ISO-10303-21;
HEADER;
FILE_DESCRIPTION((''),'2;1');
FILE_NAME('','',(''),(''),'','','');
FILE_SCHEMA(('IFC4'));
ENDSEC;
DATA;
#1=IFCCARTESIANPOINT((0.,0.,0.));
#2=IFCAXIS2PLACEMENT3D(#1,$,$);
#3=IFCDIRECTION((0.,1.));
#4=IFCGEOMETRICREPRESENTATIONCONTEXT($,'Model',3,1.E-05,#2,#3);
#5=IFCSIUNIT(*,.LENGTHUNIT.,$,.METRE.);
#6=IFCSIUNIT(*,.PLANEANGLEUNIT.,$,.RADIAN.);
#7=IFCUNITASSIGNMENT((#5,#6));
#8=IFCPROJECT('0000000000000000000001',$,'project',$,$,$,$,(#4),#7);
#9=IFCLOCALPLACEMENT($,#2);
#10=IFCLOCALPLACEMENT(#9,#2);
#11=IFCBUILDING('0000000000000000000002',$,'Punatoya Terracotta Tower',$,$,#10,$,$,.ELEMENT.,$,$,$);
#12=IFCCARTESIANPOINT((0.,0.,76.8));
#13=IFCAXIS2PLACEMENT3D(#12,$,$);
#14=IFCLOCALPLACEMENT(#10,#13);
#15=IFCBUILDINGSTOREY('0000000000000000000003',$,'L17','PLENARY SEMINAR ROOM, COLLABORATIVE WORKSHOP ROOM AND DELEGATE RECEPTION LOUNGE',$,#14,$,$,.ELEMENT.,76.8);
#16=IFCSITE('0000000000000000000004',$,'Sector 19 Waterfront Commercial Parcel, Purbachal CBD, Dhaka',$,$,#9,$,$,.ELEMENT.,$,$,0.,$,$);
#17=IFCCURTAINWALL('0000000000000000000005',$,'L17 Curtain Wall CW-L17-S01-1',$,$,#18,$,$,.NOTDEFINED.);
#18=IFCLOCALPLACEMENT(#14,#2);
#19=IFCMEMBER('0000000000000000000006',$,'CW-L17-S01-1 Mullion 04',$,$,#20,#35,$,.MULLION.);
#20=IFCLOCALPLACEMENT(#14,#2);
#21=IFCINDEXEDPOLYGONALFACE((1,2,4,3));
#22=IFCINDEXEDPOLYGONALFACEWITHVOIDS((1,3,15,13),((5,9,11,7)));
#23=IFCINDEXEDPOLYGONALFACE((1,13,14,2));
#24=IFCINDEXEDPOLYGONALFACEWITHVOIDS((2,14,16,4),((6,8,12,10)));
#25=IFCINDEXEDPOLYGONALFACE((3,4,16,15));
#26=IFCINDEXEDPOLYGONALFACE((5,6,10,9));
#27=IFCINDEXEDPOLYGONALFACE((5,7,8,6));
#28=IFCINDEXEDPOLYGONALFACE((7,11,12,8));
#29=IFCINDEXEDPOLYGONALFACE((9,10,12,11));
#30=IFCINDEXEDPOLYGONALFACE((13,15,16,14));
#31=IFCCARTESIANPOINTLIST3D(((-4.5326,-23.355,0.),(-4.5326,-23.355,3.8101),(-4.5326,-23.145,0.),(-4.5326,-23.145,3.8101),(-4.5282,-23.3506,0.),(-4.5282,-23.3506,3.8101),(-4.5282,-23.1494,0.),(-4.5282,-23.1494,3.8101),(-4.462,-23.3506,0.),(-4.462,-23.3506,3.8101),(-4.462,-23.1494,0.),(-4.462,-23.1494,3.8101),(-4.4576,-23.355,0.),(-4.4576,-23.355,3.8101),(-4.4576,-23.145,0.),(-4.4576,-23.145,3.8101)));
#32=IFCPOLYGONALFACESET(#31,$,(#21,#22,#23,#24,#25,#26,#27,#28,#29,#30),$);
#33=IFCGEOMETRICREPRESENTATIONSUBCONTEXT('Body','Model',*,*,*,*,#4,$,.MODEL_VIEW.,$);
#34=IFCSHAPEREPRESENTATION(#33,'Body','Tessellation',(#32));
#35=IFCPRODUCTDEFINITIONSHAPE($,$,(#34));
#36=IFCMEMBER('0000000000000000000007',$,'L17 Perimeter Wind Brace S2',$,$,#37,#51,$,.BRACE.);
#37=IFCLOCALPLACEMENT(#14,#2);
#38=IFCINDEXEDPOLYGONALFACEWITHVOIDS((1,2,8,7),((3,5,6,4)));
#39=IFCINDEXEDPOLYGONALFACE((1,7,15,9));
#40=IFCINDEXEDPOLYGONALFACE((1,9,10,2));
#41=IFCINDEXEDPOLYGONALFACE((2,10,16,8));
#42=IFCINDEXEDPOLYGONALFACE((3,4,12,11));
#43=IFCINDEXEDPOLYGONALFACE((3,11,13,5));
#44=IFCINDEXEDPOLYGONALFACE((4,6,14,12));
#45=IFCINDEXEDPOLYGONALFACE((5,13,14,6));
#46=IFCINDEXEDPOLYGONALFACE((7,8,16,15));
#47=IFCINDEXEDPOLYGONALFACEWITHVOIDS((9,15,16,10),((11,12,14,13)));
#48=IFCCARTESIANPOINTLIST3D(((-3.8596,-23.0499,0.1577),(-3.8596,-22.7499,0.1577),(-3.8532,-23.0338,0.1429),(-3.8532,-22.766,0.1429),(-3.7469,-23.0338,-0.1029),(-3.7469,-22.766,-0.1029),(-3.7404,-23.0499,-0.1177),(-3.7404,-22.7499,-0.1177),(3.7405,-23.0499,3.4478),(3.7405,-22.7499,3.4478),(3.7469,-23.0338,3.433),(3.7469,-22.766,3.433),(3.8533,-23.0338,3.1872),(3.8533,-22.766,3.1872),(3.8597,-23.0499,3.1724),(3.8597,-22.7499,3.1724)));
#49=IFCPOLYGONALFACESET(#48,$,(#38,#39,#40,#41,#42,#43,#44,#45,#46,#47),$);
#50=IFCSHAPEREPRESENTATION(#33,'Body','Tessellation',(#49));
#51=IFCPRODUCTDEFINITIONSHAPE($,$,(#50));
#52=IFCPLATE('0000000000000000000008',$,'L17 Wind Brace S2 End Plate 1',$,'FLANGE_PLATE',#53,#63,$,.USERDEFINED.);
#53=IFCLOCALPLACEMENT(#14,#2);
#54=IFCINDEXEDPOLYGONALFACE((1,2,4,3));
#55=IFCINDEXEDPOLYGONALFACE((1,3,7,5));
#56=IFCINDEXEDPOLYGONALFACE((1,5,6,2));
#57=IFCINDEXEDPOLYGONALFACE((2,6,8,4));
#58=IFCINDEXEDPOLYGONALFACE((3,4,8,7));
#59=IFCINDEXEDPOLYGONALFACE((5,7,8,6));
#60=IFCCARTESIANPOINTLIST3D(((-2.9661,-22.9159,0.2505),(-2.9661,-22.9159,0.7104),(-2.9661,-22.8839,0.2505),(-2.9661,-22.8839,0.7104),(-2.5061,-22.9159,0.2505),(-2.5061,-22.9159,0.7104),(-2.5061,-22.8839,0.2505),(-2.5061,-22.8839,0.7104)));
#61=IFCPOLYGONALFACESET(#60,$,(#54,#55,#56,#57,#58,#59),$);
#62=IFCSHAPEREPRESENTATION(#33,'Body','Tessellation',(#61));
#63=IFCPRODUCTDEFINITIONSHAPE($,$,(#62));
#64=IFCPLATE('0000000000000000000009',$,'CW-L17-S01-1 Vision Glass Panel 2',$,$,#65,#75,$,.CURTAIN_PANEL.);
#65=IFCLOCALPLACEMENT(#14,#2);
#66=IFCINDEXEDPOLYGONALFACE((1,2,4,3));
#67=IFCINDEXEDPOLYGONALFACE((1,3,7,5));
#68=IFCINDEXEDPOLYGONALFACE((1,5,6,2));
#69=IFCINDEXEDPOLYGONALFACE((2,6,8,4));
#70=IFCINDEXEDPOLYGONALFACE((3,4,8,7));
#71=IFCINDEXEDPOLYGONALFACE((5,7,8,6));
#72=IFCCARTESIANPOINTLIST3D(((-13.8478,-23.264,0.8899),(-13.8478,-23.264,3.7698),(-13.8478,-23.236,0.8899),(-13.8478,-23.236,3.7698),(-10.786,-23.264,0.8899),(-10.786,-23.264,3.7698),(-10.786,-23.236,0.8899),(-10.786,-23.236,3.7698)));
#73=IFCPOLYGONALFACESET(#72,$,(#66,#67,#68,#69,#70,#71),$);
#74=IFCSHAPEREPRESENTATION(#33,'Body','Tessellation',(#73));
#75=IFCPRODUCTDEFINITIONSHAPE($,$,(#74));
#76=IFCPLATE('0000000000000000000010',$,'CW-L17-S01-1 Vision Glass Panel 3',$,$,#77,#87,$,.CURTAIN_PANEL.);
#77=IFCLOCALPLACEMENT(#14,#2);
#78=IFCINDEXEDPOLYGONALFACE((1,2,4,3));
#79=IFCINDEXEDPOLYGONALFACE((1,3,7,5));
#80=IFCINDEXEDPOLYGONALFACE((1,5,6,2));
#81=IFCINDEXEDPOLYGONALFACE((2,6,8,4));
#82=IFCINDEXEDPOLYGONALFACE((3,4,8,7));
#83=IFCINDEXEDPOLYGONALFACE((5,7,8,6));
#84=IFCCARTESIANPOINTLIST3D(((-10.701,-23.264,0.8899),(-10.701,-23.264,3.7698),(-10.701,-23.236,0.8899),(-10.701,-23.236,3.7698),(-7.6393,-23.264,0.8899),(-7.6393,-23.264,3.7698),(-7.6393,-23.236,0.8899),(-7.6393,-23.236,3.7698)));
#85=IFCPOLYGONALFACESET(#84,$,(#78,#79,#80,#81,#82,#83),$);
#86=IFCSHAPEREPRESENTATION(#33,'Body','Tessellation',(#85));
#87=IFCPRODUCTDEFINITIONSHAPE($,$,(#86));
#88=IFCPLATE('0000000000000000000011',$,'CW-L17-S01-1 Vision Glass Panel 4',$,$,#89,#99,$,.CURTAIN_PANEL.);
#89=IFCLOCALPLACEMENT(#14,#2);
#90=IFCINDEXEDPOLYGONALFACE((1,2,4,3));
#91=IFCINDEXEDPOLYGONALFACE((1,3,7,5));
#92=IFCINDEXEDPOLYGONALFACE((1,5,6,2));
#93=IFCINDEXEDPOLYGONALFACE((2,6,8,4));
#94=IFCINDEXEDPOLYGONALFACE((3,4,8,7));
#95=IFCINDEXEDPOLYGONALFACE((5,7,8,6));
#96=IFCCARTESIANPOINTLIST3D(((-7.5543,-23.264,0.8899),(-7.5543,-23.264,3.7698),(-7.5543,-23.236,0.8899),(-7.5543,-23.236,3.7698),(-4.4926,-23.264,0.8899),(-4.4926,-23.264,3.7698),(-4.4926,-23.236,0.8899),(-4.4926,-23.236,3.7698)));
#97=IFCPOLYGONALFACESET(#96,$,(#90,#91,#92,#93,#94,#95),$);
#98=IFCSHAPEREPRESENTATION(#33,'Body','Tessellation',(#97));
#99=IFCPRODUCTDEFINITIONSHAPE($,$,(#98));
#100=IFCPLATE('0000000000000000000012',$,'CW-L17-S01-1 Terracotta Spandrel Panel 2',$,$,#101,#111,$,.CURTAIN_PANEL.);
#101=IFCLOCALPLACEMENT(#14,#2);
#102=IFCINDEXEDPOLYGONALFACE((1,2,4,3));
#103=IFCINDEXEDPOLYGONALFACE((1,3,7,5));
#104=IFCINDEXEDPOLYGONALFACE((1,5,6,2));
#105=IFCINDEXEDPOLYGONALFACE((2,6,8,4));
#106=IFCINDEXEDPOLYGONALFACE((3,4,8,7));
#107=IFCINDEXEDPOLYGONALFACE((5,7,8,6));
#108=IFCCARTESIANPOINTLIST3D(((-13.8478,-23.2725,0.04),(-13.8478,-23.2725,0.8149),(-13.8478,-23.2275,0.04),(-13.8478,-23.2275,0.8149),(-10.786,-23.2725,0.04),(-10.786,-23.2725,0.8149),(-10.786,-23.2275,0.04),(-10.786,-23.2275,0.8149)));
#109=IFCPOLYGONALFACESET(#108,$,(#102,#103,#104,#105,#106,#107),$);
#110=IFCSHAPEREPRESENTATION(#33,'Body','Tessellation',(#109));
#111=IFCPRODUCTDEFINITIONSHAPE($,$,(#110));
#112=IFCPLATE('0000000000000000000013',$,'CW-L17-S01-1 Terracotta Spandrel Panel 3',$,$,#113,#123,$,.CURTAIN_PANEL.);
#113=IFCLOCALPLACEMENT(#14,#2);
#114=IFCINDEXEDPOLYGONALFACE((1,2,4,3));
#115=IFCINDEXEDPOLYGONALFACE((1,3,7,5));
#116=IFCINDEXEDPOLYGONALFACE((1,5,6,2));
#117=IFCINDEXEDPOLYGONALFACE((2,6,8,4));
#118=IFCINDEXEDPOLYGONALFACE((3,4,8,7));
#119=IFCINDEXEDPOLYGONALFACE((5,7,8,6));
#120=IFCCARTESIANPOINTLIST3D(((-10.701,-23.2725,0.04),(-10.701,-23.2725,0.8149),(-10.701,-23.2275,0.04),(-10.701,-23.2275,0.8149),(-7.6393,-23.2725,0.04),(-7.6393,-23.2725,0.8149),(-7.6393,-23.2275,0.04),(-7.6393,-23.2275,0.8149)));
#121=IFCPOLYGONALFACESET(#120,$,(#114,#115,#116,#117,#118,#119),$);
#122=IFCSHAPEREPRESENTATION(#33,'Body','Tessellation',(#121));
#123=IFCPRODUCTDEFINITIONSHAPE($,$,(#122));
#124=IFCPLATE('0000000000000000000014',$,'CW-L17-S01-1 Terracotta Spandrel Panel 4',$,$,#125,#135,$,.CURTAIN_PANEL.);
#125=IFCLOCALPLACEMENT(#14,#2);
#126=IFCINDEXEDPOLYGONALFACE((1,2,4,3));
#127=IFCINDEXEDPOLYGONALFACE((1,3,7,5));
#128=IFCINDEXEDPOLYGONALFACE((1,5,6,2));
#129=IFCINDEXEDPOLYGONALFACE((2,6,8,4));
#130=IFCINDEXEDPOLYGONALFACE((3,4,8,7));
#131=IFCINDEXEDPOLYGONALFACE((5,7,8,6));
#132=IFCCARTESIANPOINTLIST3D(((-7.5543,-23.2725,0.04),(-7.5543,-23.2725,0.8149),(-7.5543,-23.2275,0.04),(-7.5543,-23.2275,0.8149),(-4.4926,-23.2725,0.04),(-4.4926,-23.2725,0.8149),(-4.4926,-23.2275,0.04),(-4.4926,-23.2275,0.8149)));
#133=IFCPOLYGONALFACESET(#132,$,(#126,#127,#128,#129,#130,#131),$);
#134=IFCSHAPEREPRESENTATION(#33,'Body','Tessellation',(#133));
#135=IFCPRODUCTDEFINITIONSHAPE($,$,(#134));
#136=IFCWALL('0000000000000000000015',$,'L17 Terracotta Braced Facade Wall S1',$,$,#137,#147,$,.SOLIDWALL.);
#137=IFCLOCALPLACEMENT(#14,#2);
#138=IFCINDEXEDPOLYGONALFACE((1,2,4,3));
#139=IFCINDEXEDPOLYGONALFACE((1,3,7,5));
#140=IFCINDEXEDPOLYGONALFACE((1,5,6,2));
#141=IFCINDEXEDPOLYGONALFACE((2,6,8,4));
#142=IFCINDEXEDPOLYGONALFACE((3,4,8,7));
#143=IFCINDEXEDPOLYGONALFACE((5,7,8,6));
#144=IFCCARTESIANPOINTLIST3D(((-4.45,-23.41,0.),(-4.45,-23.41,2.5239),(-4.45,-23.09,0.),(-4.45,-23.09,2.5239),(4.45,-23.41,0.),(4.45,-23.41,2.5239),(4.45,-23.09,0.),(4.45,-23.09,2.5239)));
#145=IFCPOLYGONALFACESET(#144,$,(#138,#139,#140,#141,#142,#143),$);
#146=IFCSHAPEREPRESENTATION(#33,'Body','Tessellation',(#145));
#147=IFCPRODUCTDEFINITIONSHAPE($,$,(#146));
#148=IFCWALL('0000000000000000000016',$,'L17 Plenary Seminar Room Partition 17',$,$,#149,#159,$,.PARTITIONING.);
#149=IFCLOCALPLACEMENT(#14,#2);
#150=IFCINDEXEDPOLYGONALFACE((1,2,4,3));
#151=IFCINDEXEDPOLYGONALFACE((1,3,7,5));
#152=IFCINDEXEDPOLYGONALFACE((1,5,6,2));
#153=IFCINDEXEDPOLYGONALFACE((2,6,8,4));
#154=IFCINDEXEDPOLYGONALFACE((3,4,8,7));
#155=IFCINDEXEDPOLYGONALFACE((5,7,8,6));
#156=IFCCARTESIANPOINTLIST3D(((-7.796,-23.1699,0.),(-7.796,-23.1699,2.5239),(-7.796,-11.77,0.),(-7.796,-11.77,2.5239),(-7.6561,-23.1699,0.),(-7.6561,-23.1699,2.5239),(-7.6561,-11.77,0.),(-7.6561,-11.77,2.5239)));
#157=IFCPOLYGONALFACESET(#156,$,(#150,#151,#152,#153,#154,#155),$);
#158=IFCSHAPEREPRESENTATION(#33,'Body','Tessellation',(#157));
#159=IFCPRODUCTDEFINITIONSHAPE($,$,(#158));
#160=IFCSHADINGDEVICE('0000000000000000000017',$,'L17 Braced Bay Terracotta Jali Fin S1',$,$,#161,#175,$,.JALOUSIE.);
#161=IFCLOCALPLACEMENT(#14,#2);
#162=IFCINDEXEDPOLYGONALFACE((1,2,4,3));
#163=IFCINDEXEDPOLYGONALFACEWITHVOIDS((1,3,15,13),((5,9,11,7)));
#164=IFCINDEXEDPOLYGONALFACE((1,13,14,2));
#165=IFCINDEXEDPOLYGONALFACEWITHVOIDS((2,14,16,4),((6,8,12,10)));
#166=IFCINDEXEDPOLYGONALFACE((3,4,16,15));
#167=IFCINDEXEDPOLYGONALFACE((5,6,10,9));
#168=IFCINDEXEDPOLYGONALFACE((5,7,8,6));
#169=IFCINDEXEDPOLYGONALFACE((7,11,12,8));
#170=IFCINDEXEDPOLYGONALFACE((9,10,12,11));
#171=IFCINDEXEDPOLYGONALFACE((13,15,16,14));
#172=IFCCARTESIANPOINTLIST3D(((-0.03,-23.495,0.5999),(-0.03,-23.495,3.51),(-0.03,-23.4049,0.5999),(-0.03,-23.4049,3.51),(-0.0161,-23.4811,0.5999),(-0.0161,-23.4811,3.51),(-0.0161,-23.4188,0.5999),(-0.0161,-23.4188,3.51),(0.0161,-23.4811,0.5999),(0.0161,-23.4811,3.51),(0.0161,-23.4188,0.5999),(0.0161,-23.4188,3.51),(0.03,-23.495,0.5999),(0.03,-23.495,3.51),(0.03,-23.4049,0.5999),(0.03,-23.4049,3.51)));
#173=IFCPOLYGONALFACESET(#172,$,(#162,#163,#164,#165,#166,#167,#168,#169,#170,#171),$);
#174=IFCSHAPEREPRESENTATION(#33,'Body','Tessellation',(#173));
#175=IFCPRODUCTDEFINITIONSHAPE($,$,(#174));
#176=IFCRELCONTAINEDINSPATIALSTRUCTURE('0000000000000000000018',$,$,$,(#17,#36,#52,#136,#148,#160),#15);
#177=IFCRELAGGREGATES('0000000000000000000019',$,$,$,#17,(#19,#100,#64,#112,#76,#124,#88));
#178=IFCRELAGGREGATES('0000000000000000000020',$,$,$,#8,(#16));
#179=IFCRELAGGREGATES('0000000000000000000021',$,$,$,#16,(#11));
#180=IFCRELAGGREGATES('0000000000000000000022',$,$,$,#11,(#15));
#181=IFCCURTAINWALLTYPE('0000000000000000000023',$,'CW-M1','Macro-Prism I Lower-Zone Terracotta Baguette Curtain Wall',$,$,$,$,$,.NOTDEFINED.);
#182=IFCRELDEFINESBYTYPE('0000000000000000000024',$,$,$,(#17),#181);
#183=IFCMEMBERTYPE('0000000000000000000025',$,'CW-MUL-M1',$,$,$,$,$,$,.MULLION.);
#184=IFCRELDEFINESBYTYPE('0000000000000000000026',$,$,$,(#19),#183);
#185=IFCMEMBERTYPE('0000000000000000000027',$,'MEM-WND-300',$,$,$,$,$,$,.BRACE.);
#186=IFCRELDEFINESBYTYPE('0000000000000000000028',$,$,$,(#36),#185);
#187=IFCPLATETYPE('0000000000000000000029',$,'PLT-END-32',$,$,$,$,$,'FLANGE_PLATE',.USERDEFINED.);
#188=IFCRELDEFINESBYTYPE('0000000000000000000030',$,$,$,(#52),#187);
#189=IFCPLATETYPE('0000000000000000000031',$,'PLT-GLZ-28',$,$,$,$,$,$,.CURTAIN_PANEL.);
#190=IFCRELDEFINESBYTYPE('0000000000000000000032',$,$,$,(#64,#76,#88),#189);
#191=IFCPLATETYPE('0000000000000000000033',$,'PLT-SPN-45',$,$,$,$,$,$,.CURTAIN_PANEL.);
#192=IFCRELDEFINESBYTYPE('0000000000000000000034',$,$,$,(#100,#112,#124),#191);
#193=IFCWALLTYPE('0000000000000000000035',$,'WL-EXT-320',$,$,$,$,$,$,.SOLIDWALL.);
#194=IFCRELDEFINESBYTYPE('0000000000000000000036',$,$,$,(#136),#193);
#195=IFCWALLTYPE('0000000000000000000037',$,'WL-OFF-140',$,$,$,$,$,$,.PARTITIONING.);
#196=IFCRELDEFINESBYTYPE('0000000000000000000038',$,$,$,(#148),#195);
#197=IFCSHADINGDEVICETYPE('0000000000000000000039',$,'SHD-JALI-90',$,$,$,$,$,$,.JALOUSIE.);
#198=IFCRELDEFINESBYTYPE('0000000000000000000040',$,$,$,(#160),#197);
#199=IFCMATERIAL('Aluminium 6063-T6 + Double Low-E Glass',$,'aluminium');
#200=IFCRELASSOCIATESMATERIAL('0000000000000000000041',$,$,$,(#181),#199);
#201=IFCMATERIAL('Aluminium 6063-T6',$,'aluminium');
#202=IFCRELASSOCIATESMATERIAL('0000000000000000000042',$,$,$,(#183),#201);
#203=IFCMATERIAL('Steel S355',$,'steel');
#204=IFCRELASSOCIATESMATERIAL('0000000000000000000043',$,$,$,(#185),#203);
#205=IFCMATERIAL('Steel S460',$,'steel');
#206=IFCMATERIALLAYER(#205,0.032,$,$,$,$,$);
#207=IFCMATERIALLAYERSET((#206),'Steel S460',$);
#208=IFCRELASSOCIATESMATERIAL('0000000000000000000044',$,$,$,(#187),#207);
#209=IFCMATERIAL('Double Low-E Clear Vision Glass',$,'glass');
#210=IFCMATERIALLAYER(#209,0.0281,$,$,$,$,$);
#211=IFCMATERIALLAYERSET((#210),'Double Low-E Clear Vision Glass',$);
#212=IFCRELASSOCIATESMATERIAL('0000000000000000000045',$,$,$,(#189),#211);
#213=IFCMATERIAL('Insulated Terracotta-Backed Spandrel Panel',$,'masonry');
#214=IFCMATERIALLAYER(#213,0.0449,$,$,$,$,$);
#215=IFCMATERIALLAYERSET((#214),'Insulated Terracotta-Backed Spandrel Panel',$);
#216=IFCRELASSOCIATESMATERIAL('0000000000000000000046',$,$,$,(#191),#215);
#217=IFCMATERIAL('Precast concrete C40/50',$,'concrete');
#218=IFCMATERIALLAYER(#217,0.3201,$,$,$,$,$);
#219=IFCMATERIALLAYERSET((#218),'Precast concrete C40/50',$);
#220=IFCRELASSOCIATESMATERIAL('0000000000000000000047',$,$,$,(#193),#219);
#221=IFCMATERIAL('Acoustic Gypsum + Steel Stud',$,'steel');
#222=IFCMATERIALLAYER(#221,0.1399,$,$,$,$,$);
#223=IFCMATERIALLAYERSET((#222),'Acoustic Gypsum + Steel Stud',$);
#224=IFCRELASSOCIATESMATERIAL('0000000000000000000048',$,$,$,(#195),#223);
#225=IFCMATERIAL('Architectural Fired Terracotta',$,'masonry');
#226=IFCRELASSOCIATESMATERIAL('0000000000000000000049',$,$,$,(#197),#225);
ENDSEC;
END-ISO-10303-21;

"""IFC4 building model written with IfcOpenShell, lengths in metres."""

from ifc_helpers import new_model, si_unit, direction, frame, frame_2d, origin, origin_2d, place, context, subcontext, project, spatial, rectangle, hollow_rectangle, extrude, material, layer, layer_set, material_profile, profile_set, type_object, element, aggregate, save


model = new_model("IFC4")

# Units and contexts
model_context = context("Model", 3, precision=1e-05, world=origin(), true_north=direction((0.0, 1.0)))
body_context = subcontext(model_context, "Body", "Model", "MODEL_VIEW")
ifc_project = project(units=[si_unit("LENGTHUNIT", "METRE"), si_unit("PLANEANGLEUNIT", "RADIAN")], contexts=[model_context])

# Site, building, storey
site_placement = place(None, origin())
site = spatial("IfcSite", under=ifc_project, at=site_placement, Name="Sector 19 Waterfront Commercial Parcel, Purbachal CBD, Dhaka", CompositionType="ELEMENT", RefElevation=0.0)
building_placement = place(site_placement, origin())
building = spatial("IfcBuilding", under=site, at=building_placement, Name="Punatoya Terracotta Tower", CompositionType="ELEMENT")
storey_placement = place(building_placement, frame((0.0, 0.0, 76.8)))
storey = spatial("IfcBuildingStorey", under=building, at=storey_placement, Name="L17", Description="PLENARY SEMINAR ROOM, COLLABORATIVE WORKSHOP ROOM AND DELEGATE RECEPTION LOUNGE", CompositionType="ELEMENT", Elevation=76.8)

# Shared definitions
ifc_material_1 = material(Name="Steel S460", Category="steel")

# Shared definitions
ifc_material_2 = material(Name="Steel S355", Category="steel")

# Curtain wall, member
ifc_material_3 = material(Name="Aluminium 6063-T6 + Double Low-E Glass", Category="aluminium")
curtain_wall_type = type_object("IfcCurtainWallType", Name="CW-M1", Description="Macro-Prism I Lower-Zone Terracotta Baguette Curtain Wall", PredefinedType="NOTDEFINED", material=ifc_material_3)
curtain_wall_placement = place(storey_placement, origin())
curtain_wall = element("IfcCurtainWall", 1, at=curtain_wall_placement, inside=storey, type_object=curtain_wall_type, Name="L17 Curtain Wall CW-L17-S01-1", PredefinedType="NOTDEFINED")
ifc_material_4 = material(Name="Aluminium 6063-T6", Category="aluminium")
ifc_material_profile_1 = material_profile(ifc_material_4, hollow_rectangle(XDim=0.075, YDim=0.21, WallThickness=0.0044, at=origin_2d()))
ifc_profile_set_1 = profile_set([ifc_material_profile_1], Name="Aluminium 6063-T6")
member_type_1 = type_object("IfcMemberType", Name="CW-MUL-M1", PredefinedType="MULLION", material=ifc_profile_set_1)
member_1_placement = place(storey_placement, frame((-4.4951, -23.25, 0.0), z_axis=(0.0, 0.0, 1.0), x_axis=(1.0, 0.0, 0.0)))
member_1 = element("IfcMember", 2, at=member_1_placement, type_object=member_type_1, Name="CW-L17-S01-1 Mullion 04", PredefinedType="MULLION", context=body_context, shape_type="SweptSolid", body=[
    extrude(hollow_rectangle(XDim=0.075, YDim=0.21, WallThickness=0.0044, at=origin_2d()), origin(), (0.0, 0.0, 1.0), 3.8101),
])

# Member
ifc_material_profile_2 = material_profile(ifc_material_2, hollow_rectangle(XDim=0.3, YDim=0.3, WallThickness=0.0161, at=origin_2d()))
ifc_profile_set_2 = profile_set([ifc_material_profile_2], Name="Steel S355")
member_type_2 = type_object("IfcMemberType", Name="MEM-WND-300", PredefinedType="BRACE", material=ifc_profile_set_2)
member_2_placement = place(storey_placement, frame((-3.8, -22.8999, 0.02), z_axis=(0.917703, 0.0, 0.397268), x_axis=(0.0, 1.0, 0.0)))
element("IfcMember", 3, at=member_2_placement, inside=storey, type_object=member_type_2, Name="L17 Perimeter Wind Brace S2", PredefinedType="BRACE", context=body_context, shape_type="SweptSolid", body=[
    extrude(hollow_rectangle(XDim=0.3, YDim=0.3, WallThickness=0.0161, at=origin_2d()), origin(), (0.0, 0.0, 1.0), 8.2817),
])

# Plates
ifc_layer_1 = layer(ifc_material_1, 0.032)
ifc_layer_set_1 = layer_set([ifc_layer_1], Name="Steel S460")
plate_type_1 = type_object("IfcPlateType", Name="PLT-END-32", ElementType="FLANGE_PLATE", PredefinedType="USERDEFINED", material=ifc_layer_set_1)
plate_1_placement = place(storey_placement, frame((-2.7361, -22.8999, 0.2505), z_axis=(0.0, 0.0, 1.0), x_axis=(1.0, 0.0, 0.0)))
element("IfcPlate", 4, at=plate_1_placement, inside=storey, type_object=plate_type_1, Name="L17 Wind Brace S2 End Plate 1", ObjectType="FLANGE_PLATE", PredefinedType="USERDEFINED", context=body_context, shape_type="SweptSolid", body=[
    extrude(rectangle(XDim=0.46, YDim=0.032, at=origin_2d()), origin(), (0.0, 0.0, 1.0), 0.46),
])
ifc_material_5 = material(Name="Double Low-E Clear Vision Glass", Category="glass")
ifc_layer_2 = layer(ifc_material_5, 0.0281)
ifc_layer_set_2 = layer_set([ifc_layer_2], Name="Double Low-E Clear Vision Glass")
plate_type_2 = type_object("IfcPlateType", Name="PLT-GLZ-28", PredefinedType="CURTAIN_PANEL", material=ifc_layer_set_2)
plate_2_placement = place(storey_placement, frame((-12.3169, -23.25, 0.8899), z_axis=(0.0, 0.0, 1.0), x_axis=(1.0, 0.0, 0.0)))
plate_2 = element("IfcPlate", 5, at=plate_2_placement, type_object=plate_type_2, Name="CW-L17-S01-1 Vision Glass Panel 2", PredefinedType="CURTAIN_PANEL", context=body_context, shape_type="SweptSolid", body=[
    extrude(rectangle(XDim=3.0618, YDim=0.0281, at=origin_2d()), origin(), (0.0, 0.0, 1.0), 2.8799),
])
plate_3_placement = place(storey_placement, frame((-9.1702, -23.25, 0.8899), z_axis=(0.0, 0.0, 1.0), x_axis=(1.0, 0.0, 0.0)))
plate_3 = element("IfcPlate", 6, at=plate_3_placement, type_object=plate_type_2, Name="CW-L17-S01-1 Vision Glass Panel 3", PredefinedType="CURTAIN_PANEL", context=body_context, shape_type="SweptSolid", body=[
    extrude(rectangle(XDim=3.0618, YDim=0.0281, at=origin_2d()), origin(), (0.0, 0.0, 1.0), 2.8799),
])
plate_4_placement = place(storey_placement, frame((-6.0234, -23.25, 0.8899), z_axis=(0.0, 0.0, 1.0), x_axis=(1.0, 0.0, 0.0)))
plate_4 = element("IfcPlate", 7, at=plate_4_placement, type_object=plate_type_2, Name="CW-L17-S01-1 Vision Glass Panel 4", PredefinedType="CURTAIN_PANEL", context=body_context, shape_type="SweptSolid", body=[
    extrude(rectangle(XDim=3.0618, YDim=0.0281, at=origin_2d()), origin(), (0.0, 0.0, 1.0), 2.8799),
])
ifc_material_6 = material(Name="Insulated Terracotta-Backed Spandrel Panel", Category="masonry")
ifc_layer_3 = layer(ifc_material_6, 0.0449)
ifc_layer_set_3 = layer_set([ifc_layer_3], Name="Insulated Terracotta-Backed Spandrel Panel")
plate_type_3 = type_object("IfcPlateType", Name="PLT-SPN-45", PredefinedType="CURTAIN_PANEL", material=ifc_layer_set_3)
plate_5_placement = place(storey_placement, frame((-12.3169, -23.25, 0.04), z_axis=(0.0, 0.0, 1.0), x_axis=(1.0, 0.0, 0.0)))
plate_5 = element("IfcPlate", 8, at=plate_5_placement, type_object=plate_type_3, Name="CW-L17-S01-1 Terracotta Spandrel Panel 2", PredefinedType="CURTAIN_PANEL", context=body_context, shape_type="SweptSolid", body=[
    extrude(rectangle(XDim=3.0618, YDim=0.0449, at=origin_2d()), origin(), (0.0, 0.0, 1.0), 0.7749),
])
plate_6_placement = place(storey_placement, frame((-9.1702, -23.25, 0.04), z_axis=(0.0, 0.0, 1.0), x_axis=(1.0, 0.0, 0.0)))
plate_6 = element("IfcPlate", 9, at=plate_6_placement, type_object=plate_type_3, Name="CW-L17-S01-1 Terracotta Spandrel Panel 3", PredefinedType="CURTAIN_PANEL", context=body_context, shape_type="SweptSolid", body=[
    extrude(rectangle(XDim=3.0618, YDim=0.0449, at=origin_2d()), origin(), (0.0, 0.0, 1.0), 0.7749),
])
plate_7_placement = place(storey_placement, frame((-6.0234, -23.25, 0.04), z_axis=(0.0, 0.0, 1.0), x_axis=(1.0, 0.0, 0.0)))
plate_7 = element("IfcPlate", 10, at=plate_7_placement, type_object=plate_type_3, Name="CW-L17-S01-1 Terracotta Spandrel Panel 4", PredefinedType="CURTAIN_PANEL", context=body_context, shape_type="SweptSolid", body=[
    extrude(rectangle(XDim=3.0618, YDim=0.0449, at=origin_2d()), origin(), (0.0, 0.0, 1.0), 0.7749),
])
aggregate(curtain_wall, [member_1, plate_5, plate_2, plate_6, plate_3, plate_7, plate_4])

# Walls
ifc_material_7 = material(Name="Precast concrete C40/50", Category="concrete")
ifc_layer_4 = layer(ifc_material_7, 0.3201)
ifc_layer_set_4 = layer_set([ifc_layer_4], Name="Precast concrete C40/50")
wall_type_1 = type_object("IfcWallType", Name="WL-EXT-320", PredefinedType="SOLIDWALL", material=ifc_layer_set_4)
wall_1_placement = place(storey_placement, frame((-4.45, -23.25, 0.0), z_axis=(0.0, 0.0, 1.0), x_axis=(1.0, 0.0, 0.0)))
element("IfcWall", 11, at=wall_1_placement, inside=storey, type_object=wall_type_1, Name="L17 Terracotta Braced Facade Wall S1", PredefinedType="SOLIDWALL", context=body_context, shape_type="SweptSolid", body=[
    extrude(rectangle(XDim=8.8999, YDim=0.3201, at=frame_2d((4.45, 0.0))), origin(), (0.0, 0.0, 1.0), 2.5239),
])
ifc_material_8 = material(Name="Acoustic Gypsum + Steel Stud", Category="steel")
ifc_layer_5 = layer(ifc_material_8, 0.1399)
ifc_layer_set_5 = layer_set([ifc_layer_5], Name="Acoustic Gypsum + Steel Stud")
wall_type_2 = type_object("IfcWallType", Name="WL-OFF-140", PredefinedType="PARTITIONING", material=ifc_layer_set_5)
wall_2_placement = place(storey_placement, frame((-7.7261, -23.1699, 0.0), z_axis=(0.0, 0.0, 1.0), x_axis=(0.0, 1.0, 0.0)))
element("IfcWall", 12, at=wall_2_placement, inside=storey, type_object=wall_type_2, Name="L17 Plenary Seminar Room Partition 17", PredefinedType="PARTITIONING", context=body_context, shape_type="SweptSolid", body=[
    extrude(rectangle(XDim=11.3999, YDim=0.1399, at=frame_2d((5.7, 0.0))), origin(), (0.0, 0.0, 1.0), 2.5239),
])

# Shading device
ifc_material_9 = material(Name="Architectural Fired Terracotta", Category="masonry")
ifc_material_profile_3 = material_profile(ifc_material_9, hollow_rectangle(XDim=0.0601, YDim=0.0901, WallThickness=0.0139, at=origin_2d()))
ifc_profile_set_3 = profile_set([ifc_material_profile_3], Name="Architectural Fired Terracotta")
shading_device_type = type_object("IfcShadingDeviceType", Name="SHD-JALI-90", PredefinedType="JALOUSIE", material=ifc_profile_set_3)
shading_device_placement = place(storey_placement, frame((0.0, -23.45, 0.5999), z_axis=(0.0, 0.0, 1.0), x_axis=(1.0, 0.0, 0.0)))
element("IfcShadingDevice", 13, at=shading_device_placement, inside=storey, type_object=shading_device_type, Name="L17 Braced Bay Terracotta Jali Fin S1", PredefinedType="JALOUSIE", context=body_context, shape_type="SweptSolid", body=[
    extrude(hollow_rectangle(XDim=0.0601, YDim=0.0901, WallThickness=0.0139, at=origin_2d()), origin(), (0.0, 0.0, 1.0), 2.9102),
])

save(model, "model.ifc")
